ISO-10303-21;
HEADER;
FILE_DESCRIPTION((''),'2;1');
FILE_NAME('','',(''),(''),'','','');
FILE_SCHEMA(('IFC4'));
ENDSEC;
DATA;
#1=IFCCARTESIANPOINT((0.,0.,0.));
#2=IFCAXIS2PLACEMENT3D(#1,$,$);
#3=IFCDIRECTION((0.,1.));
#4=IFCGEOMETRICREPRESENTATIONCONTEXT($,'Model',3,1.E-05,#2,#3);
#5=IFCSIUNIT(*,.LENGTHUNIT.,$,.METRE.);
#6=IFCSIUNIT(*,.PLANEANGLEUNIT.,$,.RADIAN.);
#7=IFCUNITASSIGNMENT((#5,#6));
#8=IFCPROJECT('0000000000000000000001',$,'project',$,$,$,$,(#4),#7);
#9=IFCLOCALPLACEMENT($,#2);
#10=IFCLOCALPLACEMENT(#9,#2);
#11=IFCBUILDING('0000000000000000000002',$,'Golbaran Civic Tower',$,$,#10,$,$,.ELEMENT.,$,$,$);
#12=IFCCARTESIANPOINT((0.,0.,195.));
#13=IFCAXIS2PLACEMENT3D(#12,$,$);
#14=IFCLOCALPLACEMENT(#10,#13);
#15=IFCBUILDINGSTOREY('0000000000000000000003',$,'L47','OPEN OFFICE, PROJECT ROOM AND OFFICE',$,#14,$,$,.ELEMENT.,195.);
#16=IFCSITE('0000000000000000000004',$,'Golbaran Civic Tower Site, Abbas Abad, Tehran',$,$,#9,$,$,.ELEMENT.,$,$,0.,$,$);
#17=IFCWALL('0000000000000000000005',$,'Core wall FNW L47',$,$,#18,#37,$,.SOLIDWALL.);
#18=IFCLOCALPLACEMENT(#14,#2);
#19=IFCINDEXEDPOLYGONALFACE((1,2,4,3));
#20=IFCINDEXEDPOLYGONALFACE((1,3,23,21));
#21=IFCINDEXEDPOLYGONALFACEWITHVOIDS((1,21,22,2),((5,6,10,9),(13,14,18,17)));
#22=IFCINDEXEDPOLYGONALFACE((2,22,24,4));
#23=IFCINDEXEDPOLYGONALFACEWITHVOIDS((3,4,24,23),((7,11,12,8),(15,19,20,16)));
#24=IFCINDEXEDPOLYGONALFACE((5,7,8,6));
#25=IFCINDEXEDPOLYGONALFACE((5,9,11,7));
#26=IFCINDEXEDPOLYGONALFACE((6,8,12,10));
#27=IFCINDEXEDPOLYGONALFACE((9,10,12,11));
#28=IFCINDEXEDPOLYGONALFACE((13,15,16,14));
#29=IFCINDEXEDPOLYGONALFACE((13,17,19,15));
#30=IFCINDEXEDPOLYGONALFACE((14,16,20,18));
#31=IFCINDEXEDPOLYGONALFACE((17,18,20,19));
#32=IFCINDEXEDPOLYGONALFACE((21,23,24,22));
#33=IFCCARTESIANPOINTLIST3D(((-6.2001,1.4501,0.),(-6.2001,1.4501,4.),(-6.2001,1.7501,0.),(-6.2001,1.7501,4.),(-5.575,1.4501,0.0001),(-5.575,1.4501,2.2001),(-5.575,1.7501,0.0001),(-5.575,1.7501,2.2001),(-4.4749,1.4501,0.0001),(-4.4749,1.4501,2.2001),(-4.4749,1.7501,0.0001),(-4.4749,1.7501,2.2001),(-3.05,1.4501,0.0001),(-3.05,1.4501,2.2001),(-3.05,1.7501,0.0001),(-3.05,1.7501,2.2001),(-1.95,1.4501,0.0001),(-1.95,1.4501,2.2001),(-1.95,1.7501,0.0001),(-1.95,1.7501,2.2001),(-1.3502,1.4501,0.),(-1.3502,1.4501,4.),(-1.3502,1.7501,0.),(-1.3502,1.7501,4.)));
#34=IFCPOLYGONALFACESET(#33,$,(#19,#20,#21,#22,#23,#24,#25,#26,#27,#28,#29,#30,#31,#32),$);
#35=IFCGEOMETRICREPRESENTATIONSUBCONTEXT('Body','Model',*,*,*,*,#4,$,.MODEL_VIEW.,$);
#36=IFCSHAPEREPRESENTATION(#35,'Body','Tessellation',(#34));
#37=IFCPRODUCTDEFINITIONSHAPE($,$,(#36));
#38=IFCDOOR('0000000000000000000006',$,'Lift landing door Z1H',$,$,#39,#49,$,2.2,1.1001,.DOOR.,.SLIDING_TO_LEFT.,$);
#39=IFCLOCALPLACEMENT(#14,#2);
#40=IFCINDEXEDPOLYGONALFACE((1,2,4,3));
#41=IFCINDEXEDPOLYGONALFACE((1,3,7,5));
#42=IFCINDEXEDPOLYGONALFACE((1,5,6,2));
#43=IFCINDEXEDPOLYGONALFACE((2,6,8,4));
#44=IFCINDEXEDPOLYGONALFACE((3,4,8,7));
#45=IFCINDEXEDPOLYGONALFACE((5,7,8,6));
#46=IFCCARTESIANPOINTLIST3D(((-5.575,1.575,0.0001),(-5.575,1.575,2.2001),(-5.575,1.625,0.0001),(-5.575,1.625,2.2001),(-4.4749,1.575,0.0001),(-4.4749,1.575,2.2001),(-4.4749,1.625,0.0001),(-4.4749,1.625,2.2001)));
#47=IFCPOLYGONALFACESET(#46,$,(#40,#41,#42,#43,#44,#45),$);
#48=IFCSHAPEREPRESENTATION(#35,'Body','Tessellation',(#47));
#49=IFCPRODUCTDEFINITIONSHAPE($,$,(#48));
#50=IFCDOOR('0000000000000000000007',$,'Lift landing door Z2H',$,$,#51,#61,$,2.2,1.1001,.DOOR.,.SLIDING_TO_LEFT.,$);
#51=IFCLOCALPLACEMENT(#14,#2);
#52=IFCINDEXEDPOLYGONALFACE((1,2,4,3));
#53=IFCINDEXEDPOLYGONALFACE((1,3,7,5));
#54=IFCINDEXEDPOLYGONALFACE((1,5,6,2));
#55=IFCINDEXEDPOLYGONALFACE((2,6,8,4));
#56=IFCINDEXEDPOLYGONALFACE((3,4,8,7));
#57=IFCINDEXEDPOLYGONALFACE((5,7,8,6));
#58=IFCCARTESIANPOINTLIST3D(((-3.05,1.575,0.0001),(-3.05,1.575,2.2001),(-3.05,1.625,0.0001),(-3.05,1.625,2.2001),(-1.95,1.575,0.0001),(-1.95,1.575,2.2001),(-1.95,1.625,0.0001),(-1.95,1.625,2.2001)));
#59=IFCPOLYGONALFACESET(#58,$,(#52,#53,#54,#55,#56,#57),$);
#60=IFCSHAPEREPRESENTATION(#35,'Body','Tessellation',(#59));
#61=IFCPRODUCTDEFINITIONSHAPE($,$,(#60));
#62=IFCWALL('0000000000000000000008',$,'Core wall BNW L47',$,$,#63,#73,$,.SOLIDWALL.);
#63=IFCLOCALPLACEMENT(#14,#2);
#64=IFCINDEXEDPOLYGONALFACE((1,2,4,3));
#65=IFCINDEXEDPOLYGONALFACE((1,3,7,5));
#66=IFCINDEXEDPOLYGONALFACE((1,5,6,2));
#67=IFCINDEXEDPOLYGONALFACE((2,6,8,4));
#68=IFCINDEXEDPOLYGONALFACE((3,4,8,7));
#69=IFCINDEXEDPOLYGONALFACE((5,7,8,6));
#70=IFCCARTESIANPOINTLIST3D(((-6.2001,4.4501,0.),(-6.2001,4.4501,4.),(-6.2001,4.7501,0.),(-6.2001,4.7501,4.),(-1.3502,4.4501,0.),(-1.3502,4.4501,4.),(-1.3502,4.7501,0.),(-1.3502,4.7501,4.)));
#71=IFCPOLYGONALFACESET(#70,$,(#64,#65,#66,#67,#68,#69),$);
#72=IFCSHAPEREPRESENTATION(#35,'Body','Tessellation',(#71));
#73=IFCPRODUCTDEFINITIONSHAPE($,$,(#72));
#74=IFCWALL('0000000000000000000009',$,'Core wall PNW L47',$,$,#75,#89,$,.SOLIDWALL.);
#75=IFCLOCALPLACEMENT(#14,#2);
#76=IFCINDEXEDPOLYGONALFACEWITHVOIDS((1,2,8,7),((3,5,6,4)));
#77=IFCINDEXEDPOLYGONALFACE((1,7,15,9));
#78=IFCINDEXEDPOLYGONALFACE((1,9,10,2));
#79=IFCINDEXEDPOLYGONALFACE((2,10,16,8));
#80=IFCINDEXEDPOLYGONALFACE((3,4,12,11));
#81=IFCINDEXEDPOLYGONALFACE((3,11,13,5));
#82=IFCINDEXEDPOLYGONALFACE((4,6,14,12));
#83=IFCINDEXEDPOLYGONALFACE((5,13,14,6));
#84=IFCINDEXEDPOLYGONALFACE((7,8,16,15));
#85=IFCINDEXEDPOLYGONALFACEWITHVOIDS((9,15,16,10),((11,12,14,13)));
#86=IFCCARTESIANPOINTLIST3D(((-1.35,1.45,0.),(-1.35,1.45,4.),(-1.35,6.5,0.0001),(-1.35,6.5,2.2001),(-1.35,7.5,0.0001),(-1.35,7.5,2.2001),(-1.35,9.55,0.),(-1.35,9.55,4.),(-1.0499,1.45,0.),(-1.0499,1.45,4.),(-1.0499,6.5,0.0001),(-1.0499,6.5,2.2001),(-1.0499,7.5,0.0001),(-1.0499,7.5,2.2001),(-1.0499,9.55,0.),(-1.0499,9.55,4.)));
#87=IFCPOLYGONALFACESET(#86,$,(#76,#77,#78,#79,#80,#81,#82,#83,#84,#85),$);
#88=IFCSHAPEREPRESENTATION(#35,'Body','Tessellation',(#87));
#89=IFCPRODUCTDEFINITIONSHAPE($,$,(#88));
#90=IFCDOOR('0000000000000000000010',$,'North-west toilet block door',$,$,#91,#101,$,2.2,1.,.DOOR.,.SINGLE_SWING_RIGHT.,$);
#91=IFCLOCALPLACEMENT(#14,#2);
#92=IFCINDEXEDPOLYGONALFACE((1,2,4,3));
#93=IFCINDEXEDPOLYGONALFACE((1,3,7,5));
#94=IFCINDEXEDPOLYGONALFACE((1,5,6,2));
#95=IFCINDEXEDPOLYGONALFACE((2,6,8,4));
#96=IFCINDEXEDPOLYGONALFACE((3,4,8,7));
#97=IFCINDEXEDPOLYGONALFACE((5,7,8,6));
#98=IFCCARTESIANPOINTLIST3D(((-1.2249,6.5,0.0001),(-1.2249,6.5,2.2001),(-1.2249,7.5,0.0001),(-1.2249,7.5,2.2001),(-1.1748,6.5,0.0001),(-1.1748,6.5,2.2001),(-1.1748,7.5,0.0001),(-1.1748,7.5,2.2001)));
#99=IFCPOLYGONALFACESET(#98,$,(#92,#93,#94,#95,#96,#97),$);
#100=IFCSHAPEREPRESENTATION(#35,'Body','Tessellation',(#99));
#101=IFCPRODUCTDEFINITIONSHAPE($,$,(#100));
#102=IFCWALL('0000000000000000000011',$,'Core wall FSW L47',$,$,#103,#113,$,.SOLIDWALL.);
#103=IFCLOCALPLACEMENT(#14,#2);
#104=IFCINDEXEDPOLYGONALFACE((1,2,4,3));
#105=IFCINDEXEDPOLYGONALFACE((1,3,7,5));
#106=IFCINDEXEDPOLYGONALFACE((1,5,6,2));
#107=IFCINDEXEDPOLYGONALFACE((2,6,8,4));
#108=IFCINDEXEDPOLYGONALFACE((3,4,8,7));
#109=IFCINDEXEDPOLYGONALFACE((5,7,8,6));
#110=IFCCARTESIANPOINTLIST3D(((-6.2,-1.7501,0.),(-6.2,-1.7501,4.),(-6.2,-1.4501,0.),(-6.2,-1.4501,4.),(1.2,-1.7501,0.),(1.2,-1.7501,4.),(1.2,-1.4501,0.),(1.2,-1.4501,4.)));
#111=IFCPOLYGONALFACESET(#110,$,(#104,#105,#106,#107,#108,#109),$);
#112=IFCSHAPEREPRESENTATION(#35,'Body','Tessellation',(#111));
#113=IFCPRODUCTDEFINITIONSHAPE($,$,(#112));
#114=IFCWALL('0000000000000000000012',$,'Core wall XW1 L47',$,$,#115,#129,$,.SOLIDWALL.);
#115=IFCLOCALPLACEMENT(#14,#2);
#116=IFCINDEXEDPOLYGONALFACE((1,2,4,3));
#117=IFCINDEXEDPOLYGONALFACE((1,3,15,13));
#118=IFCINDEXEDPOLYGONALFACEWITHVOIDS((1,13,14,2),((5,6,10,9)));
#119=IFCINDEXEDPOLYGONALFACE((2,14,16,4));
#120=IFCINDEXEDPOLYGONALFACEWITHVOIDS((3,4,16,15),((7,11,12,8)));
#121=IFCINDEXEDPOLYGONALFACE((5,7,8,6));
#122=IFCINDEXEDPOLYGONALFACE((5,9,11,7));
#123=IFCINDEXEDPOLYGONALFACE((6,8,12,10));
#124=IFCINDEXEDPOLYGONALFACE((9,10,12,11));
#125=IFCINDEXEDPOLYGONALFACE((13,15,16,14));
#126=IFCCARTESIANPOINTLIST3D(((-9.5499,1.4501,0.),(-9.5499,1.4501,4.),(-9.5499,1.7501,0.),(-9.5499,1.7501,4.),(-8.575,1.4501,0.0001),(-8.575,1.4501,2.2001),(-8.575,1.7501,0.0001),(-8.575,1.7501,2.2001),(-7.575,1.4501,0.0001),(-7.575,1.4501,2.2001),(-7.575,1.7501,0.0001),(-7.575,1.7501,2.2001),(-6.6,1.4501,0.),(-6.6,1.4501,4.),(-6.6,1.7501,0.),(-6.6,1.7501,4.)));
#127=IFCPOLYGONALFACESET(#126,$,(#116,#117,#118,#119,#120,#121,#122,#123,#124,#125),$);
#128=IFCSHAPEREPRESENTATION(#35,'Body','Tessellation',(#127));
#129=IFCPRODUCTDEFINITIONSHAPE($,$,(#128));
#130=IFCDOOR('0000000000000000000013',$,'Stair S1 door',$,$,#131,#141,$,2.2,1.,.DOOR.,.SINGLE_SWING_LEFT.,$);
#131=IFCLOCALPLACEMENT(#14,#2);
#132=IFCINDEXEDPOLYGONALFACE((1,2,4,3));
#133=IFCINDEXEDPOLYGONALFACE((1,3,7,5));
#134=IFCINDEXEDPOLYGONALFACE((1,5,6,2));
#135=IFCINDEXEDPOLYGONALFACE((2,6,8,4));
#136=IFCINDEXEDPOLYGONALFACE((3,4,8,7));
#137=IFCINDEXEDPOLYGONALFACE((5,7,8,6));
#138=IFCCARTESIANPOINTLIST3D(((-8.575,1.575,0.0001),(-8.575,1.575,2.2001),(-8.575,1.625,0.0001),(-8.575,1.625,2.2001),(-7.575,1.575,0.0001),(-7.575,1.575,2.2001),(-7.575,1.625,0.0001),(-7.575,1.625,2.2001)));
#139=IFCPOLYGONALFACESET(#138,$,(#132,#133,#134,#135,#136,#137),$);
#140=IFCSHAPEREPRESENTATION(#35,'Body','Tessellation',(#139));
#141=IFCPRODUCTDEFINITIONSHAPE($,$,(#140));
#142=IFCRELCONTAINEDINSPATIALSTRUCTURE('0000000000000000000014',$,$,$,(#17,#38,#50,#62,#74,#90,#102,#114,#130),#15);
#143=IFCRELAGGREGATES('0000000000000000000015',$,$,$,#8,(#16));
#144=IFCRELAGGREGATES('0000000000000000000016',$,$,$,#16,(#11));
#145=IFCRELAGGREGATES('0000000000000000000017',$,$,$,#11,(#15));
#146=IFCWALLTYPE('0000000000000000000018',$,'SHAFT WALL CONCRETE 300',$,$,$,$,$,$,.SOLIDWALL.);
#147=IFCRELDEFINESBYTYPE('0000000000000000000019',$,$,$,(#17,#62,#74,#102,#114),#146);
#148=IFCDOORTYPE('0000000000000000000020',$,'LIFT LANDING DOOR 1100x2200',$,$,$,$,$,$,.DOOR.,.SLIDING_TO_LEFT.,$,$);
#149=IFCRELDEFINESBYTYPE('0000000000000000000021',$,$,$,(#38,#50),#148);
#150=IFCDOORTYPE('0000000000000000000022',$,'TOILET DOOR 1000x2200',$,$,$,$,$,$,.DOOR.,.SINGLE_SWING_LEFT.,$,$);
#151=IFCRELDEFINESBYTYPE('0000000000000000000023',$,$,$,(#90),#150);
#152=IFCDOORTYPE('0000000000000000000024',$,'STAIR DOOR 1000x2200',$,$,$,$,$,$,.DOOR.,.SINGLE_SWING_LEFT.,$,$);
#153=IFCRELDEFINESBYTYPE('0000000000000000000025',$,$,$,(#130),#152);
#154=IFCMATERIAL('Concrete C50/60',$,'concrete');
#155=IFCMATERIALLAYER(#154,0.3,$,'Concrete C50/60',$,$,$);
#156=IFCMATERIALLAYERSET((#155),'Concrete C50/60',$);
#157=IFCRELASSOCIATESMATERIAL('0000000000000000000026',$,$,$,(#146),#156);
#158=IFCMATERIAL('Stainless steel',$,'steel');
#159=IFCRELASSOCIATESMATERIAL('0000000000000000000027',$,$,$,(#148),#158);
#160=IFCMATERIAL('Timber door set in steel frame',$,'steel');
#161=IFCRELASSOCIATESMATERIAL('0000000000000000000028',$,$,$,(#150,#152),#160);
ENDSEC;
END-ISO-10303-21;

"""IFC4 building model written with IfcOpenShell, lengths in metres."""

from ifc_helpers import new_model, si_unit, direction, frame, frame_2d, origin, place, context, subcontext, project, spatial, rectangle, extrude, material, layer, layer_set, type_object, element, fill, save


model = new_model("IFC4")

# Units and contexts
model_context = context("Model", 3, precision=1e-05, world=origin(), true_north=direction((0.0, 1.0)))
body_context = subcontext(model_context, "Body", "Model", "MODEL_VIEW")
ifc_project = project(units=[si_unit("LENGTHUNIT", "METRE"), si_unit("PLANEANGLEUNIT", "RADIAN")], contexts=[model_context])

# Site, building, storey
site_placement = place(None, origin())
site = spatial("IfcSite", under=ifc_project, at=site_placement, Name="Golbaran Civic Tower Site, Abbas Abad, Tehran", CompositionType="ELEMENT", RefElevation=0.0)
building_placement = place(site_placement, origin())
building = spatial("IfcBuilding", under=site, at=building_placement, Name="Golbaran Civic Tower", CompositionType="ELEMENT")
storey_placement = place(building_placement, frame((0.0, 0.0, 195.0)))
storey = spatial("IfcBuildingStorey", under=building, at=storey_placement, Name="L47", Description="OPEN OFFICE, PROJECT ROOM AND OFFICE", CompositionType="ELEMENT", Elevation=195.0)

# Wall, openings, doors
ifc_material_1 = material(Name="Concrete C50/60", Category="concrete")
ifc_layer_1 = layer(ifc_material_1, 0.3, Name="Concrete C50/60")
ifc_layer_set_1 = layer_set([ifc_layer_1], Name="Concrete C50/60")
wall_type_1 = type_object("IfcWallType", Name="SHAFT WALL CONCRETE 300", PredefinedType="SOLIDWALL", material=ifc_layer_set_1)
wall_1_placement = place(storey_placement, frame((-6.2, 1.6001, 0.0), z_axis=(0.0, 0.0, 1.0), x_axis=(1.0, 0.0, 0.0)))
wall_1 = element("IfcWall", 1, at=wall_1_placement, inside=storey, type_object=wall_type_1, Name="Core wall FNW L47", PredefinedType="SOLIDWALL", context=body_context, shape_type="SweptSolid", body=[
    extrude(rectangle(XDim=4.8499, YDim=0.3, at=frame_2d((2.4248, 0.0))), origin(), (0.0, 0.0, 1.0), 4.0),
])
opening_1_placement = place(wall_1_placement, frame((0.625, 0.0, 0.0)))
opening_1 = element("IfcOpeningElement", 2, at=opening_1_placement, cuts=wall_1, PredefinedType="OPENING", context=body_context, shape_type="SweptSolid", body=[
    extrude(rectangle(XDim=1.1001, YDim=2.2, at=frame_2d((0.55, 1.1001))), frame((0.0, 0.1599, 0.0), z_axis=(0.0, -1.0, 0.0), x_axis=(1.0, 0.0, 0.0)), (0.0, 0.0, 1.0), 0.3201),
])
opening_2_placement = place(wall_1_placement, frame((3.1499, 0.0, 0.0)))
opening_2 = element("IfcOpeningElement", 3, at=opening_2_placement, cuts=wall_1, PredefinedType="OPENING", context=body_context, shape_type="SweptSolid", body=[
    extrude(rectangle(XDim=1.1001, YDim=2.2, at=frame_2d((0.55, 1.1001))), frame((0.0, 0.1599, 0.0), z_axis=(0.0, -1.0, 0.0), x_axis=(1.0, 0.0, 0.0)), (0.0, 0.0, 1.0), 0.3201),
])
ifc_material_2 = material(Name="Stainless steel", Category="steel")
door_type_1 = type_object("IfcDoorType", Name="LIFT LANDING DOOR 1100x2200", OperationType="SLIDING_TO_LEFT", PredefinedType="DOOR", material=ifc_material_2)
door_1_placement = place(opening_1_placement, origin())
door_1 = element("IfcDoor", 4, at=door_1_placement, inside=storey, type_object=door_type_1, Name="Lift landing door Z1H", OperationType="SLIDING_TO_LEFT", OverallHeight=2.2, OverallWidth=1.1001, PredefinedType="DOOR", context=body_context, shape_type="SweptSolid", body=[
    extrude(rectangle(XDim=1.1001, YDim=2.2, at=frame_2d((0.55, 1.1001))), frame((0.0, 0.0249, 0.0), z_axis=(0.0, -1.0, 0.0), x_axis=(1.0, 0.0, 0.0)), (0.0, 0.0, 1.0), 0.05),
])
fill(opening_1, door_1)
door_2_placement = place(opening_2_placement, origin())
door_2 = element("IfcDoor", 5, at=door_2_placement, inside=storey, type_object=door_type_1, Name="Lift landing door Z2H", OperationType="SLIDING_TO_LEFT", OverallHeight=2.2, OverallWidth=1.1001, PredefinedType="DOOR", context=body_context, shape_type="SweptSolid", body=[
    extrude(rectangle(XDim=1.1001, YDim=2.2, at=frame_2d((0.55, 1.1001))), frame((0.0, 0.0249, 0.0), z_axis=(0.0, -1.0, 0.0), x_axis=(1.0, 0.0, 0.0)), (0.0, 0.0, 1.0), 0.05),
])
fill(opening_2, door_2)

# Wall
wall_2_placement = place(storey_placement, frame((-6.2, 4.6001, 0.0), z_axis=(0.0, 0.0, 1.0), x_axis=(1.0, 0.0, 0.0)))
element("IfcWall", 6, at=wall_2_placement, inside=storey, type_object=wall_type_1, Name="Core wall BNW L47", PredefinedType="SOLIDWALL", context=body_context, shape_type="SweptSolid", body=[
    extrude(rectangle(XDim=4.8499, YDim=0.3, at=frame_2d((2.4248, 0.0))), origin(), (0.0, 0.0, 1.0), 4.0),
])

# Wall, opening, door
wall_3_placement = place(storey_placement, frame((-1.2, 1.45, 0.0), z_axis=(0.0, 0.0, 1.0), x_axis=(0.0, 1.0, 0.0)))
wall_3 = element("IfcWall", 7, at=wall_3_placement, inside=storey, type_object=wall_type_1, Name="Core wall PNW L47", PredefinedType="SOLIDWALL", context=body_context, shape_type="SweptSolid", body=[
    extrude(rectangle(XDim=8.1001, YDim=0.3, at=frame_2d((4.05, 0.0))), origin(), (0.0, 0.0, 1.0), 4.0),
])
opening_3_placement = place(wall_3_placement, frame((5.05, 0.0, 0.0)))
opening_3 = element("IfcOpeningElement", 8, at=opening_3_placement, cuts=wall_3, PredefinedType="OPENING", context=body_context, shape_type="SweptSolid", body=[
    extrude(rectangle(XDim=1.0, YDim=2.2, at=frame_2d((0.5, 1.1001))), frame((0.0, 0.1599, 0.0), z_axis=(0.0, -1.0, 0.0), x_axis=(1.0, 0.0, 0.0)), (0.0, 0.0, 1.0), 0.3201),
])
ifc_material_3 = material(Name="Timber door set in steel frame", Category="steel")
door_type_2 = type_object("IfcDoorType", Name="TOILET DOOR 1000x2200", OperationType="SINGLE_SWING_LEFT", PredefinedType="DOOR", material=ifc_material_3)
door_3_placement = place(opening_3_placement, origin())
door_3 = element("IfcDoor", 9, at=door_3_placement, inside=storey, type_object=door_type_2, Name="North-west toilet block door", OperationType="SINGLE_SWING_RIGHT", OverallHeight=2.2, OverallWidth=1.0, PredefinedType="DOOR", context=body_context, shape_type="SweptSolid", body=[
    extrude(rectangle(XDim=1.0, YDim=2.2, at=frame_2d((0.5, 1.1001))), frame((0.0, 0.0249, 0.0), z_axis=(0.0, -1.0, 0.0), x_axis=(1.0, 0.0, 0.0)), (0.0, 0.0, 1.0), 0.05),
])
fill(opening_3, door_3)

# Wall
wall_4_placement = place(storey_placement, frame((-6.2, -1.6001, 0.0), z_axis=(0.0, 0.0, 1.0), x_axis=(1.0, 0.0, 0.0)))
element("IfcWall", 10, at=wall_4_placement, inside=storey, type_object=wall_type_1, Name="Core wall FSW L47", PredefinedType="SOLIDWALL", context=body_context, shape_type="SweptSolid", body=[
    extrude(rectangle(XDim=7.3999, YDim=0.3, at=frame_2d((3.7, 0.0))), origin(), (0.0, 0.0, 1.0), 4.0),
])

# Wall, opening, door
wall_5_placement = place(storey_placement, frame((-9.55, 1.6001, 0.0), z_axis=(0.0, 0.0, 1.0), x_axis=(1.0, 0.0, 0.0)))
wall_5 = element("IfcWall", 11, at=wall_5_placement, inside=storey, type_object=wall_type_1, Name="Core wall XW1 L47", PredefinedType="SOLIDWALL", context=body_context, shape_type="SweptSolid", body=[
    extrude(rectangle(XDim=2.95, YDim=0.3, at=frame_2d((1.4751, 0.0))), origin(), (0.0, 0.0, 1.0), 4.0),
])
opening_4_placement = place(wall_5_placement, frame((0.9751, 0.0, 0.0)))
opening_4 = element("IfcOpeningElement", 12, at=opening_4_placement, cuts=wall_5, PredefinedType="OPENING", context=body_context, shape_type="SweptSolid", body=[
    extrude(rectangle(XDim=1.0, YDim=2.2, at=frame_2d((0.5, 1.1001))), frame((0.0, 0.1599, 0.0), z_axis=(0.0, -1.0, 0.0), x_axis=(1.0, 0.0, 0.0)), (0.0, 0.0, 1.0), 0.3201),
])
door_type_3 = type_object("IfcDoorType", Name="STAIR DOOR 1000x2200", OperationType="SINGLE_SWING_LEFT", PredefinedType="DOOR", material=ifc_material_3)
door_4_placement = place(opening_4_placement, origin())
door_4 = element("IfcDoor", 13, at=door_4_placement, inside=storey, type_object=door_type_3, Name="Stair S1 door", OperationType="SINGLE_SWING_LEFT", OverallHeight=2.2, OverallWidth=1.0, PredefinedType="DOOR", context=body_context, shape_type="SweptSolid", body=[
    extrude(rectangle(XDim=1.0, YDim=2.2, at=frame_2d((0.5, 1.1001))), frame((0.0, 0.0249, 0.0), z_axis=(0.0, -1.0, 0.0), x_axis=(1.0, 0.0, 0.0)), (0.0, 0.0, 1.0), 0.05),
])
fill(opening_4, door_4)

save(model, "model.ifc")
